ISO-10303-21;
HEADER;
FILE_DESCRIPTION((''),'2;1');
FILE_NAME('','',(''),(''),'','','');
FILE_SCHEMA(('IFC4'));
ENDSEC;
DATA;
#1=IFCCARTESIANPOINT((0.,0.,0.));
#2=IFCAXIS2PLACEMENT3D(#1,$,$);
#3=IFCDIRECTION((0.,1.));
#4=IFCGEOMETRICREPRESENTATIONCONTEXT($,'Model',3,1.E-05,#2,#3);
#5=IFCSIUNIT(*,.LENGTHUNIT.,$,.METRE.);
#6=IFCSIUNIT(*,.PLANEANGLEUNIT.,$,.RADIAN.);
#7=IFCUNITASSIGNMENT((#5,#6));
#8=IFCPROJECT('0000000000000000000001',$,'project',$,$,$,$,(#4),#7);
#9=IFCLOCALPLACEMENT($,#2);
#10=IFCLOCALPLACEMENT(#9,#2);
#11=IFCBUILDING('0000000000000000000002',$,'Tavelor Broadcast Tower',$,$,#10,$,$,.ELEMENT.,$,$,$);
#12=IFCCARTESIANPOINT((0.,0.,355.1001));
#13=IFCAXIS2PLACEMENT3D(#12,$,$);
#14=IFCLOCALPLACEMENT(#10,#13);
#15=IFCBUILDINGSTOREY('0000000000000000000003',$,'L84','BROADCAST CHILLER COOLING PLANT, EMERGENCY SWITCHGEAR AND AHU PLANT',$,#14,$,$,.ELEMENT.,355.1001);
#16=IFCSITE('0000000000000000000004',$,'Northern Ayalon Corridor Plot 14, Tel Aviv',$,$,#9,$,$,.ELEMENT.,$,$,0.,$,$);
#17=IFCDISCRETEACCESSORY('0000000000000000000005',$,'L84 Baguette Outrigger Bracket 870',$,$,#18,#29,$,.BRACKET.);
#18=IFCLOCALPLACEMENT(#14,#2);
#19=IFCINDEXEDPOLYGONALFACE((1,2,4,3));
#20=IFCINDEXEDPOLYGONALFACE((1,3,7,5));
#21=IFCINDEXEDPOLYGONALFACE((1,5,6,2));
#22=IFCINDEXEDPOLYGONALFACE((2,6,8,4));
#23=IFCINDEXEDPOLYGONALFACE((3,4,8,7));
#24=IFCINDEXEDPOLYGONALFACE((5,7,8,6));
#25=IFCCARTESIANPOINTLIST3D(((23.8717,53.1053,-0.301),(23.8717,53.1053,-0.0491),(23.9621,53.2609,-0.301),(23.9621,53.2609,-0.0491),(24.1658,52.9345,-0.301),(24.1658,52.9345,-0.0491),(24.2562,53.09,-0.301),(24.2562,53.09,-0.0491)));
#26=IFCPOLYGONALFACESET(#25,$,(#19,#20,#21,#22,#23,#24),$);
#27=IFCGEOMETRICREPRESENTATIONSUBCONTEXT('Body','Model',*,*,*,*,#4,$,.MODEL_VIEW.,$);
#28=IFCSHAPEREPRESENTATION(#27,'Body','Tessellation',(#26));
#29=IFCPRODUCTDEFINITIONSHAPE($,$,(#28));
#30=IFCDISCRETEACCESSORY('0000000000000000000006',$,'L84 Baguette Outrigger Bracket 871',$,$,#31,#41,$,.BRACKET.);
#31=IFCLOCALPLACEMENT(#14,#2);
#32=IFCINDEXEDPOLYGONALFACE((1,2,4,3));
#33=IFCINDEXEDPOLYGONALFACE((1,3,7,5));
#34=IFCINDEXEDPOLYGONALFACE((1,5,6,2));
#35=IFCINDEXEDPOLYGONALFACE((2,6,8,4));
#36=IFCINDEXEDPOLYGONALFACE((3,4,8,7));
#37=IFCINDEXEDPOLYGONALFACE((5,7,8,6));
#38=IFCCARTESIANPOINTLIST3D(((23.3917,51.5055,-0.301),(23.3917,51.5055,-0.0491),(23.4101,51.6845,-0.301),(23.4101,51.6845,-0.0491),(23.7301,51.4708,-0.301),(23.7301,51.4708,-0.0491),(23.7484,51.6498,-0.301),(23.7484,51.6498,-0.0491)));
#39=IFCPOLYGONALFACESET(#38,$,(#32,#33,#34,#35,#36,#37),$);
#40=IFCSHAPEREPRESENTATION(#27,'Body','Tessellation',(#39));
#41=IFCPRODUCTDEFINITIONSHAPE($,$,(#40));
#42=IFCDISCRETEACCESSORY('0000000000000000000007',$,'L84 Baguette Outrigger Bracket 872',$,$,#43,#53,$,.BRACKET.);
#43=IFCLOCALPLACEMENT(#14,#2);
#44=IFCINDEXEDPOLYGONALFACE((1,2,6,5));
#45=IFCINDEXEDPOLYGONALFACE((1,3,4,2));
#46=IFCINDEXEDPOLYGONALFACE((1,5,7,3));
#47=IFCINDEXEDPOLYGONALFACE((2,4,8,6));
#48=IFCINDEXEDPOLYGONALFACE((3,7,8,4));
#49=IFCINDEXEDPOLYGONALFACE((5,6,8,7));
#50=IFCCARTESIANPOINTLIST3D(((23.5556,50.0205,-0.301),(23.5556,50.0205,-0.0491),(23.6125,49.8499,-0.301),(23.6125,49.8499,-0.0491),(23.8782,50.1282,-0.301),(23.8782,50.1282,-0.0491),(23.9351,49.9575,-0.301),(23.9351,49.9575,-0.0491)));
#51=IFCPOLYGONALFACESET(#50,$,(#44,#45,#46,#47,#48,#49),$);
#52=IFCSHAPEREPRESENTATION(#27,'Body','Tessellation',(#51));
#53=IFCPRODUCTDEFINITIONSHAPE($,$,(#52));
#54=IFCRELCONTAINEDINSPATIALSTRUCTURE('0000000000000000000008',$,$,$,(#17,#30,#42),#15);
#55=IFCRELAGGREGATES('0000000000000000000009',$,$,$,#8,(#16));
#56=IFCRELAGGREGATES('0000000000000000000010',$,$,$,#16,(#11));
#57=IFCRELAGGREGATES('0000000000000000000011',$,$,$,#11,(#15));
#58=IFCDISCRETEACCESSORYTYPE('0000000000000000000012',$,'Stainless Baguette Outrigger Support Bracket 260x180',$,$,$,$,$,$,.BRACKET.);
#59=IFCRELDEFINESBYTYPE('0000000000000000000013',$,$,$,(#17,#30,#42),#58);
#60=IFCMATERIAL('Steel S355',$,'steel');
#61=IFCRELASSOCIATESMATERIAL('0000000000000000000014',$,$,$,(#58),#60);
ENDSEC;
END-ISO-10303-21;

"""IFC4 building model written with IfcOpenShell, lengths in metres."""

from ifc_helpers import new_model, si_unit, direction, frame, origin, origin_2d, place, context, subcontext, project, spatial, rectangle, extrude, source, transform, mapped, material, type_object, type_shapes, element, save


model = new_model("IFC4")

# Units and contexts
model_context = context("Model", 3, precision=1e-05, world=origin(), true_north=direction((0.0, 1.0)))
body_context = subcontext(model_context, "Body", "Model", "MODEL_VIEW")
ifc_project = project(units=[si_unit("LENGTHUNIT", "METRE"), si_unit("PLANEANGLEUNIT", "RADIAN")], contexts=[model_context])

# Site, building, storey
site_placement = place(None, origin())
site = spatial("IfcSite", under=ifc_project, at=site_placement, Name="Northern Ayalon Corridor Plot 14, Tel Aviv", CompositionType="ELEMENT", RefElevation=0.0)
building_placement = place(site_placement, origin())
building = spatial("IfcBuilding", under=site, at=building_placement, Name="Tavelor Broadcast Tower", CompositionType="ELEMENT")
storey_placement = place(building_placement, frame((0.0, 0.0, 355.1001)))
storey = spatial("IfcBuildingStorey", under=building, at=storey_placement, Name="L84", Description="BROADCAST CHILLER COOLING PLANT, EMERGENCY SWITCHGEAR AND AHU PLANT", CompositionType="ELEMENT", Elevation=355.1001)

# Shared definitions
ifc_material_1 = material(Name="Steel S355", Category="steel")

# Discrete accessories
discrete_accessory_type = type_object("IfcDiscreteAccessoryType", Name="Stainless Baguette Outrigger Support Bracket 260x180", PredefinedType="BRACKET", material=ifc_material_1)
shared_shape_1 = source(origin(), body_context, "Body", "SweptSolid", [
    extrude(rectangle(XDim=0.1799, YDim=0.3401, at=origin_2d()), origin(), (0.0, 0.0, 1.0), 0.252),
])
type_shapes(discrete_accessory_type, [shared_shape_1])
for number, where, z_axis, x_axis, name in (
    (1, (24.064, 53.0977, -0.301), (0.0, 0.0, 1.0), (-0.502266, -0.864713, 0.0), "L84 Baguette Outrigger Bracket 870"),
    (2, (23.5701, 51.5776, -0.301), (0.0, 0.0, 1.0), (-0.101924, -0.994792, 0.0), "L84 Baguette Outrigger Bracket 871"),
    (3, (23.7454, 49.989, -0.301), (0.0, 0.0, 1.0), (0.316477, -0.9486, 0.0), "L84 Baguette Outrigger Bracket 872"),
):
    element("IfcDiscreteAccessory", number, at=place(storey_placement, frame(where, z_axis=z_axis, x_axis=x_axis)), inside=storey, type_object=discrete_accessory_type, Name=name, PredefinedType="BRACKET", context=body_context, shape_type="MappedRepresentation", body=[
        mapped(shared_shape_1, transform((0.0, 0.0, 0.0), scale=1.0)),
    ])

save(model, "model.ifc")
